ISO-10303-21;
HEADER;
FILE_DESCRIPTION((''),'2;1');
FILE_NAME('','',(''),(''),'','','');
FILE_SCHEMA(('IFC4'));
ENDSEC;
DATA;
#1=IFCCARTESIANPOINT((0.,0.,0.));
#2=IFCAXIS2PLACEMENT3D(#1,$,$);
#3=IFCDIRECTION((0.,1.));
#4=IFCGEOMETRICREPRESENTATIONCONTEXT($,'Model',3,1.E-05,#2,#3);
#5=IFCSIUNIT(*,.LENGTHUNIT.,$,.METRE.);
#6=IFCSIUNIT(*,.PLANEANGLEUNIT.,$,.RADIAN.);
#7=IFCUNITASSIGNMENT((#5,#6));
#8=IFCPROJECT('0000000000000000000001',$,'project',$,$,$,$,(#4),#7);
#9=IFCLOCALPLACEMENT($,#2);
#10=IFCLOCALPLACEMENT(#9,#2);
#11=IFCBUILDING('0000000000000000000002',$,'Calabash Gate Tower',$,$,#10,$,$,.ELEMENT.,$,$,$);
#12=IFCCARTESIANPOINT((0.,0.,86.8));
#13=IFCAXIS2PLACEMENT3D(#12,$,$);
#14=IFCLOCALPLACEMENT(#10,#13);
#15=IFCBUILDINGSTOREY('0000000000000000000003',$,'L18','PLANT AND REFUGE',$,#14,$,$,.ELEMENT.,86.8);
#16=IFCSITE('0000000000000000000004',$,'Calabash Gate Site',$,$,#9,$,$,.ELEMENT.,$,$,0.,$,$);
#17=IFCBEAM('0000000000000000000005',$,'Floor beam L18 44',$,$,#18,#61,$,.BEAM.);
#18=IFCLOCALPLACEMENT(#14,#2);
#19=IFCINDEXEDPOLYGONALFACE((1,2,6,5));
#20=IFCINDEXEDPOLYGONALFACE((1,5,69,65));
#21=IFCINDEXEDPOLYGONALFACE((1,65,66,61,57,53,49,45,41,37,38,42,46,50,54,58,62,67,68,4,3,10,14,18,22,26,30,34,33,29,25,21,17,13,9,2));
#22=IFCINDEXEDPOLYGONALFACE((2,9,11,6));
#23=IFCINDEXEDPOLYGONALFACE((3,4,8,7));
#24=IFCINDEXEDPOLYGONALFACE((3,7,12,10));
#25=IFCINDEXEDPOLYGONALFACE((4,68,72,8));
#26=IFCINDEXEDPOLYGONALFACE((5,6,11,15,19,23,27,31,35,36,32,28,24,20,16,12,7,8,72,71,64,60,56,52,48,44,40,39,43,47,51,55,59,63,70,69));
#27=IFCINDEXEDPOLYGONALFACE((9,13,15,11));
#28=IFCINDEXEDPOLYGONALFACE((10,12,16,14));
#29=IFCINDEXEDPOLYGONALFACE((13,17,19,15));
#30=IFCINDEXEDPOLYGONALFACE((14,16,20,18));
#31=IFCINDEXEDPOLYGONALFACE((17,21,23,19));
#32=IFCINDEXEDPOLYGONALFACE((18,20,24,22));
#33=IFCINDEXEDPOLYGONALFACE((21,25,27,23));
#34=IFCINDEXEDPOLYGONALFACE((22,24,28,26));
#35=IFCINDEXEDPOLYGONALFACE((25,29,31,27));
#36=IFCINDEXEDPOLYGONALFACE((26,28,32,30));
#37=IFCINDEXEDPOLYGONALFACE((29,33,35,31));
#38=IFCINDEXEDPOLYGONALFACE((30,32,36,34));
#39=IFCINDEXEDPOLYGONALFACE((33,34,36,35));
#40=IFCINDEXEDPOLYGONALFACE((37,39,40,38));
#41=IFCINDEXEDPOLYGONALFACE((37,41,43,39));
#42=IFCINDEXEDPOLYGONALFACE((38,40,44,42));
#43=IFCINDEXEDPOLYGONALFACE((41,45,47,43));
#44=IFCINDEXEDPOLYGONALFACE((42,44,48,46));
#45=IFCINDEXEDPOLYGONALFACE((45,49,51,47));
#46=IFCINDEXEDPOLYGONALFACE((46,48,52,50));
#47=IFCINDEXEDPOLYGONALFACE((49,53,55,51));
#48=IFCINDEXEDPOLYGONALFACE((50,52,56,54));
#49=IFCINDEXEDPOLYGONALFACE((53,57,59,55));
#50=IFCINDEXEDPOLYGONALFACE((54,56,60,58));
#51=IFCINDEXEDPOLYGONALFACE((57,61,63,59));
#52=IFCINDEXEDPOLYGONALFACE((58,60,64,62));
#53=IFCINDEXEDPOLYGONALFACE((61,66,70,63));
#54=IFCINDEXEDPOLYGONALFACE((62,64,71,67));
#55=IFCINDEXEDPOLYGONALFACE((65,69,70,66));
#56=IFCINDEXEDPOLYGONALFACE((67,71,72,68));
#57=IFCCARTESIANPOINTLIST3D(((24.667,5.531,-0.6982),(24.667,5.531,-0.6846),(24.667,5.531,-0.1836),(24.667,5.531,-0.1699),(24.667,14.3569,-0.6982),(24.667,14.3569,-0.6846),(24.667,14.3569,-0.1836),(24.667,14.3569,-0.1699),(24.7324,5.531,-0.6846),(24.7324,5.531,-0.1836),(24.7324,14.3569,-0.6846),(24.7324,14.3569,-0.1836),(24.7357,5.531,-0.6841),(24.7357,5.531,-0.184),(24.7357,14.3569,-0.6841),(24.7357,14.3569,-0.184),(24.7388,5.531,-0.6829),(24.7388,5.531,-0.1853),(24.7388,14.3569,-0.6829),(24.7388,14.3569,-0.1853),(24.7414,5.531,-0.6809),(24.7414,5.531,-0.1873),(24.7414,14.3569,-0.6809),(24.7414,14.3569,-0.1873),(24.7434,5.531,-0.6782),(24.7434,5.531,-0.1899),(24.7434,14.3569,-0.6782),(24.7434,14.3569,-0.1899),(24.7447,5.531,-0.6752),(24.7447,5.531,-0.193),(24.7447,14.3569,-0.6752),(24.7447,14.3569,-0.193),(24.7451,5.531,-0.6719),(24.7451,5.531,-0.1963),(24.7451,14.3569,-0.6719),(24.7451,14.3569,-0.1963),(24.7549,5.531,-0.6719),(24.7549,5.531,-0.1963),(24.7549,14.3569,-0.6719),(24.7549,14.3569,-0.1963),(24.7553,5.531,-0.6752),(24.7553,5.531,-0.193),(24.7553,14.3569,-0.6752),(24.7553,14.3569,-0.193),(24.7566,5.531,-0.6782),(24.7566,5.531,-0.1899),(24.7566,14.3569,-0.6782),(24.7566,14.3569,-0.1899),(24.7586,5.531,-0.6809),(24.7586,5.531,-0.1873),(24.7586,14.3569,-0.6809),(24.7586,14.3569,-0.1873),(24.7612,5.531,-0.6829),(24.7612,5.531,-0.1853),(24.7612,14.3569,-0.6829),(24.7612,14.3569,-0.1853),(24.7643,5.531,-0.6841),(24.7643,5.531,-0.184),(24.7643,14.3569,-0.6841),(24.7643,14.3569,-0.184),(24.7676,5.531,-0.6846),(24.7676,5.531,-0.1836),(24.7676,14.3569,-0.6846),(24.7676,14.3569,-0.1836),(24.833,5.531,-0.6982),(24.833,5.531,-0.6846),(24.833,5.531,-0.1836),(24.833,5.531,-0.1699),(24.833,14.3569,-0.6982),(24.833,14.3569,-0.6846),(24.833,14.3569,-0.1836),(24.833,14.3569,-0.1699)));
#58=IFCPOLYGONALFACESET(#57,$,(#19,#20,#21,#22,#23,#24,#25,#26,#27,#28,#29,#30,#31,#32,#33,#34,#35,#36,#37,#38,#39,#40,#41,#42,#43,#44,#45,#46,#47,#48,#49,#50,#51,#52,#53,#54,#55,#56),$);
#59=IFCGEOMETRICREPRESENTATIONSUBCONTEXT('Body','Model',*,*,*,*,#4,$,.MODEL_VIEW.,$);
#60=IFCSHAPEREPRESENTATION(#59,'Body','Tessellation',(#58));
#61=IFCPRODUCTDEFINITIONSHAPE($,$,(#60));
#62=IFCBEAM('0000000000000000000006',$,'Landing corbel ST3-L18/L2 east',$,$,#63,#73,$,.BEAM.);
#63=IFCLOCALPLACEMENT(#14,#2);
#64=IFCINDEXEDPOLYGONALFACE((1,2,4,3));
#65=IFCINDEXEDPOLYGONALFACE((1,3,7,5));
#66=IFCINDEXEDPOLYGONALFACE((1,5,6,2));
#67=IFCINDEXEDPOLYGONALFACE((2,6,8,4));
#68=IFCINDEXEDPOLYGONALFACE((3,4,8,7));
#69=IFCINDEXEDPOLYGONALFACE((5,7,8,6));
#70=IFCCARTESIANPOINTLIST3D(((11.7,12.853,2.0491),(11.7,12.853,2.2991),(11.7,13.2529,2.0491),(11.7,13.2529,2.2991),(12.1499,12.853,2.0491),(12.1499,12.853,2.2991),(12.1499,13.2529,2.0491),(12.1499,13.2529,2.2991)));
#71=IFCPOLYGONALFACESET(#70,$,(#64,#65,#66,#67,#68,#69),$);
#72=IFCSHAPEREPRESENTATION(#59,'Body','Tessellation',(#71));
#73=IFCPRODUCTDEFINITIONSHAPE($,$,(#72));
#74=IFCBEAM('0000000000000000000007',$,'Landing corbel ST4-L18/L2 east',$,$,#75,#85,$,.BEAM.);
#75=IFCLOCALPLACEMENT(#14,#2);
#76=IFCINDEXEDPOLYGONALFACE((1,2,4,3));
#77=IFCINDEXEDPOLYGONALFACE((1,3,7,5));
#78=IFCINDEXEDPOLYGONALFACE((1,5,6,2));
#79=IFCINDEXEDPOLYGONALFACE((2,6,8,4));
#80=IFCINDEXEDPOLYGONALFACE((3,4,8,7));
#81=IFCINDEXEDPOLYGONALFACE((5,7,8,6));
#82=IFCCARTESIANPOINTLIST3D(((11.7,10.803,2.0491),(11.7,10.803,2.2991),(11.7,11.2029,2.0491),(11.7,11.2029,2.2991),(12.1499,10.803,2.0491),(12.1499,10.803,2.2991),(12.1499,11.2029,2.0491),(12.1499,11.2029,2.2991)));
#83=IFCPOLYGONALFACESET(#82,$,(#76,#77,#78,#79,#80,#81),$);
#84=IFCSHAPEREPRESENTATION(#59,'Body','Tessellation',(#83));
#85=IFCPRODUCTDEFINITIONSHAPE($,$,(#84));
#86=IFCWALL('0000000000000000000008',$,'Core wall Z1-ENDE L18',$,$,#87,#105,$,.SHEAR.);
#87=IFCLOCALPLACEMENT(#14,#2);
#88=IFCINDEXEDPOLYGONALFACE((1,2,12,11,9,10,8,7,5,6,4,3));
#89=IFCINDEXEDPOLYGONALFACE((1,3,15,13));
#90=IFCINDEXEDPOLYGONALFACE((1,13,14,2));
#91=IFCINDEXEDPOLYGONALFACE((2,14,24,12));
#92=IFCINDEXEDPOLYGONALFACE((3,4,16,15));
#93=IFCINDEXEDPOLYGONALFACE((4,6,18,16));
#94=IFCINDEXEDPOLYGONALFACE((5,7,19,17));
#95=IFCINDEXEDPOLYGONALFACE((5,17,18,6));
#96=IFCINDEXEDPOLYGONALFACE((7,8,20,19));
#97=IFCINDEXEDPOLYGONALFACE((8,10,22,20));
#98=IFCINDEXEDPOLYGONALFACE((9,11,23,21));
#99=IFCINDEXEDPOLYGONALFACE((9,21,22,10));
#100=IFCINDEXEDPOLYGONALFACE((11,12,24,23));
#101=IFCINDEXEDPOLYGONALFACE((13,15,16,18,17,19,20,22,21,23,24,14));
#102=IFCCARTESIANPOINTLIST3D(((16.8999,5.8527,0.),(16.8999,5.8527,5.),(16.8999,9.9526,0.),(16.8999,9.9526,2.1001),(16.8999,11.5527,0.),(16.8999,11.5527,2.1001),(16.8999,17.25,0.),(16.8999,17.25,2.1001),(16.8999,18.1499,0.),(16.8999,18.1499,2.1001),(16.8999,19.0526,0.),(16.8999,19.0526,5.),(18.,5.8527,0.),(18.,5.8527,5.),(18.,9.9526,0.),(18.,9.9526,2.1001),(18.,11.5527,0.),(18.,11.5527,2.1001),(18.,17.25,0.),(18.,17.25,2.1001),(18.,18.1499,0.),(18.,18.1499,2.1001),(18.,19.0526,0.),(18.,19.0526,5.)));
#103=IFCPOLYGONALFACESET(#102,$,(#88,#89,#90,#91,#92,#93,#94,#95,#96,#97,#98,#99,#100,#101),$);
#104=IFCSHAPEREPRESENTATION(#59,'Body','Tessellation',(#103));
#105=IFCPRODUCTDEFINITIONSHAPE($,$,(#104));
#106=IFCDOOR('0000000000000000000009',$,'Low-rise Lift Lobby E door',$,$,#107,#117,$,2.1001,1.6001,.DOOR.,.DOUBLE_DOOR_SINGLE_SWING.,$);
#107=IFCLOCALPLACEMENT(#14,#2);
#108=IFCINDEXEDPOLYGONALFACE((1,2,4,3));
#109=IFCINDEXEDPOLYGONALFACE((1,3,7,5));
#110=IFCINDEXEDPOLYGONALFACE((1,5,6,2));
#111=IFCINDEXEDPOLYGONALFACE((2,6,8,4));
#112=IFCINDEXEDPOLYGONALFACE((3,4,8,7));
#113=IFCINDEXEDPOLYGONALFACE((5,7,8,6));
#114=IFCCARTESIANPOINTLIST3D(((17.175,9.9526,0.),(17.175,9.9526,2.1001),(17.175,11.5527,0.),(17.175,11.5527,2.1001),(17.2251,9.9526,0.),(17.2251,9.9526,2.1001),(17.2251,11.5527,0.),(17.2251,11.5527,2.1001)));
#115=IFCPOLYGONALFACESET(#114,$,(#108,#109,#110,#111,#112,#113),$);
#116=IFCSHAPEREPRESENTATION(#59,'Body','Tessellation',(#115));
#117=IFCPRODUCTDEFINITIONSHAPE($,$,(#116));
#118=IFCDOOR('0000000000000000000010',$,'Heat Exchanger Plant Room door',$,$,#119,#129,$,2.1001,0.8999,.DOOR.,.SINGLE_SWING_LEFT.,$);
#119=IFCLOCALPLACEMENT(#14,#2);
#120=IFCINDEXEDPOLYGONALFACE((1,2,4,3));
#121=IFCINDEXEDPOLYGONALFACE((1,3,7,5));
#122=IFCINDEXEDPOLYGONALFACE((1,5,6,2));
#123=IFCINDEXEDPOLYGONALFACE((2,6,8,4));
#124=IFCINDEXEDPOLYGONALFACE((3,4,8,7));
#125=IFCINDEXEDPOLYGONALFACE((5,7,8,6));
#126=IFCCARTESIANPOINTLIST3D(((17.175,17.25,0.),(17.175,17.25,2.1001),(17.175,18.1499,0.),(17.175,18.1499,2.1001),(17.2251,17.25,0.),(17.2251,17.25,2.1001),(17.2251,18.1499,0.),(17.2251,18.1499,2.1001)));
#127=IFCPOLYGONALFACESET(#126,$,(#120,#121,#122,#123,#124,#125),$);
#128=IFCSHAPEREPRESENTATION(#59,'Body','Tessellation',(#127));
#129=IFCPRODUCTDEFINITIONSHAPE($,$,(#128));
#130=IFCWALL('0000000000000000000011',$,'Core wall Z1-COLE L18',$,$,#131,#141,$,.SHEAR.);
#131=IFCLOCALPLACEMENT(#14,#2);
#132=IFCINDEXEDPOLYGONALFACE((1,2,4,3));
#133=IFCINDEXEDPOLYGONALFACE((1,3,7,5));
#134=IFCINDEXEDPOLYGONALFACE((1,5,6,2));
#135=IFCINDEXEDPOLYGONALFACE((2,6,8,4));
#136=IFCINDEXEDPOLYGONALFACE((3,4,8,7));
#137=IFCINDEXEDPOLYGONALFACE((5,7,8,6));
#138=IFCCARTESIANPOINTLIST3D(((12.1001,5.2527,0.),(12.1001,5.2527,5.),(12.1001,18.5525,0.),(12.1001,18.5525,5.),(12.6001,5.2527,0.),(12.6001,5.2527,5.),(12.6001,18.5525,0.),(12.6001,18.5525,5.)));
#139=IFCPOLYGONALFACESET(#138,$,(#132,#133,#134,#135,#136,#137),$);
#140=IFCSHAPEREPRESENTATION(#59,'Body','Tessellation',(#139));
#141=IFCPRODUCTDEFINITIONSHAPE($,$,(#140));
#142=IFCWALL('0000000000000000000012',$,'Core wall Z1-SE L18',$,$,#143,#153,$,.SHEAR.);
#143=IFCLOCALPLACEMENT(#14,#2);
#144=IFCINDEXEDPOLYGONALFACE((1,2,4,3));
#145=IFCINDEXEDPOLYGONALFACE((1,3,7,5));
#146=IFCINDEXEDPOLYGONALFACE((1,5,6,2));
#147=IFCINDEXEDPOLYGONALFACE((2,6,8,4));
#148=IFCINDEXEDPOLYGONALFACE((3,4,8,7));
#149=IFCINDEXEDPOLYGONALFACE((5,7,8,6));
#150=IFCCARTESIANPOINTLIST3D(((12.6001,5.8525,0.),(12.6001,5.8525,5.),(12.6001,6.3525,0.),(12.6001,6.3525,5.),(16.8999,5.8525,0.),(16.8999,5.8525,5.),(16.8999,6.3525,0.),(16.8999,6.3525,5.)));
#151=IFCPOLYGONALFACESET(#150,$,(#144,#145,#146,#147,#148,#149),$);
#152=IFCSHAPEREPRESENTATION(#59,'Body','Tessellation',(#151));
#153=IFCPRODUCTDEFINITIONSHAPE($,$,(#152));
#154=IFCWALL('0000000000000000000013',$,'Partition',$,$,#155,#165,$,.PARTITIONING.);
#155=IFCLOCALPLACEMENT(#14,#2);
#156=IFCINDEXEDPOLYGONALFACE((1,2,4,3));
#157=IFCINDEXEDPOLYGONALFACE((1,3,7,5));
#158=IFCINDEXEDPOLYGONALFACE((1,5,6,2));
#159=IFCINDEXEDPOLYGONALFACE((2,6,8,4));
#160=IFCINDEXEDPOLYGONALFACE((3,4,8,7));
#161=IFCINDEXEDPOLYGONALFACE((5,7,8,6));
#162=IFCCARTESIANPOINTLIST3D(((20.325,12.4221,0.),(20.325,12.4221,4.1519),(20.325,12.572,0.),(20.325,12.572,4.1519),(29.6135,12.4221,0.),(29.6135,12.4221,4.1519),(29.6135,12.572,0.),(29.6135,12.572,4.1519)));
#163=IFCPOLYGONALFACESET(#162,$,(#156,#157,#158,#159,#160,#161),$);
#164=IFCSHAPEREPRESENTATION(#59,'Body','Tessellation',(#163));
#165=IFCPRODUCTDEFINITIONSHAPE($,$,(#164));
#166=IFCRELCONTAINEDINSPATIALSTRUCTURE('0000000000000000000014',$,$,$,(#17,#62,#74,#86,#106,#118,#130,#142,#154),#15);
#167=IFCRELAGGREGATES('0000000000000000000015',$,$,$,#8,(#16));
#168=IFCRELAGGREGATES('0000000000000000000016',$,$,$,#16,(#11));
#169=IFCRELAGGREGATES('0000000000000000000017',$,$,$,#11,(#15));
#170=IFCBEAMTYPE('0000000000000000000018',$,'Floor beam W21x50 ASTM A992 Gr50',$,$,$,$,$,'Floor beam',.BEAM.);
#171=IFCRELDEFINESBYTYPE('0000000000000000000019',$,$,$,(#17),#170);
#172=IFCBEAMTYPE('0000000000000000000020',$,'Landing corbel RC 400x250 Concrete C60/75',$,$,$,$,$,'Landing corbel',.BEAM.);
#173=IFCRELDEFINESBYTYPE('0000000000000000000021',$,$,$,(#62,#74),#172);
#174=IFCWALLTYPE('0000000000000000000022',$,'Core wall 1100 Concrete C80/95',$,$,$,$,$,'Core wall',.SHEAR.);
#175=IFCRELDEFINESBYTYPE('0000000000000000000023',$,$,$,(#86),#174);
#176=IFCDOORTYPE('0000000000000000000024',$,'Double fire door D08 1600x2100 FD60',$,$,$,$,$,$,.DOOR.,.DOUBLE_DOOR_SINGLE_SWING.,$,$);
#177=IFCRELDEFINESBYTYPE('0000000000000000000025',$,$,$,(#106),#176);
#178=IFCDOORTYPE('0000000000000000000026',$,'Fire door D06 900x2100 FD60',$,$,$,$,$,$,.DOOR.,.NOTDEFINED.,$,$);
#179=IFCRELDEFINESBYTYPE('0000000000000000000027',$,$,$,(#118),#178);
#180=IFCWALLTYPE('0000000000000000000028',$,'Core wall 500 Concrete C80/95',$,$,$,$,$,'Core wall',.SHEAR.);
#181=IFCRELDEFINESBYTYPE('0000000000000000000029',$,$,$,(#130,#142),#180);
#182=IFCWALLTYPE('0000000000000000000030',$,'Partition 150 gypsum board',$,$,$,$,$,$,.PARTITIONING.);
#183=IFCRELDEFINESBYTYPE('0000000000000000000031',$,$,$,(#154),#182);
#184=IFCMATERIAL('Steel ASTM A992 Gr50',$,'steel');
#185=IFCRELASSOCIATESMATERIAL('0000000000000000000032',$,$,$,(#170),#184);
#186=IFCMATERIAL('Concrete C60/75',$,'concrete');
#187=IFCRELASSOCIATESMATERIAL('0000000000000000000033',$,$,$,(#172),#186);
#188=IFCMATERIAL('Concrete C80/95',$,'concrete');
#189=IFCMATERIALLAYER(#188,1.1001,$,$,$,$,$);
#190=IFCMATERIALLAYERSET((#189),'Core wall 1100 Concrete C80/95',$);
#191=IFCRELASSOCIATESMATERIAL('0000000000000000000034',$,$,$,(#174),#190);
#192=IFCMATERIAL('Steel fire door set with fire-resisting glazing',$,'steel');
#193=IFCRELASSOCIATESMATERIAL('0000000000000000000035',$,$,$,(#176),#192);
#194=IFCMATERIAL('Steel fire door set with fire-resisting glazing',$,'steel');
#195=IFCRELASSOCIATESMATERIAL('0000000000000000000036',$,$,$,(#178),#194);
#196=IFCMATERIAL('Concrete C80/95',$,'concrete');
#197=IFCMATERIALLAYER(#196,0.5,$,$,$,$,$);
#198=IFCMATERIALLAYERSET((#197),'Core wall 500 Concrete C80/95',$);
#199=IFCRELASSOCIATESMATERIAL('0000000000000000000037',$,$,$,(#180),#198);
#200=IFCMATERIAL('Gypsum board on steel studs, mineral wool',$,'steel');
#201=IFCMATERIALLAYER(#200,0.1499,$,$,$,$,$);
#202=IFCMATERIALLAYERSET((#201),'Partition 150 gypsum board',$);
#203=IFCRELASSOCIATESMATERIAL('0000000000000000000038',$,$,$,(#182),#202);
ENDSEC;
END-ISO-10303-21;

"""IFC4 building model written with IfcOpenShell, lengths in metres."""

from ifc_helpers import new_model, si_unit, direction, frame, frame_2d, origin, origin_2d, place, context, subcontext, project, spatial, rectangle, i_section, extrude, material, layer, layer_set, material_profile, profile_set, type_object, element, fill, save


model = new_model("IFC4")

# Units and contexts
model_context = context("Model", 3, precision=1e-05, world=origin(), true_north=direction((0.0, 1.0)))
body_context = subcontext(model_context, "Body", "Model", "MODEL_VIEW")
ifc_project = project(units=[si_unit("LENGTHUNIT", "METRE"), si_unit("PLANEANGLEUNIT", "RADIAN")], contexts=[model_context])

# Site, building, storey
site_placement = place(None, origin())
site = spatial("IfcSite", under=ifc_project, at=site_placement, Name="Calabash Gate Site", CompositionType="ELEMENT", RefElevation=0.0)
building_placement = place(site_placement, origin())
building = spatial("IfcBuilding", under=site, at=building_placement, Name="Calabash Gate Tower", CompositionType="ELEMENT")
storey_placement = place(building_placement, frame((0.0, 0.0, 86.8)))
storey = spatial("IfcBuildingStorey", under=building, at=storey_placement, Name="L18", Description="PLANT AND REFUGE", CompositionType="ELEMENT", Elevation=86.8)

# Beams
ifc_material_1 = material(Name="Steel ASTM A992 Gr50", Category="steel")
ifc_material_profile_1 = material_profile(ifc_material_1, i_section(OverallWidth=0.166, OverallDepth=0.5283, WebThickness=0.0098, FlangeThickness=0.0137, FilletRadius=0.0127, at=origin_2d()))
ifc_profile_set_1 = profile_set([ifc_material_profile_1], Name="Steel ASTM A992 Gr50")
beam_type_1 = type_object("IfcBeamType", Name="Floor beam W21x50 ASTM A992 Gr50", ElementType="Floor beam", PredefinedType="BEAM", material=ifc_profile_set_1)
beam_placement = place(storey_placement, frame((24.75, 5.531, -0.4341), z_axis=(0.0, 1.0, 0.0), x_axis=(-1.0, 0.0, 0.0)))
element("IfcBeam", 1, at=beam_placement, inside=storey, type_object=beam_type_1, Name="Floor beam L18 44", PredefinedType="BEAM", context=body_context, shape_type="SweptSolid", body=[
    extrude(i_section(OverallWidth=0.166, OverallDepth=0.5283, WebThickness=0.0098, FlangeThickness=0.0137, FilletRadius=0.0127, at=origin_2d()), origin(), (0.0, 0.0, 1.0), 8.8259),
])
ifc_material_2 = material(Name="Concrete C60/75", Category="concrete")
ifc_material_profile_2 = material_profile(ifc_material_2, rectangle(XDim=0.3999, YDim=0.25, at=origin_2d()))
ifc_profile_set_2 = profile_set([ifc_material_profile_2], Name="Concrete C60/75")
beam_type_2 = type_object("IfcBeamType", Name="Landing corbel RC 400x250 Concrete C60/75", ElementType="Landing corbel", PredefinedType="BEAM", material=ifc_profile_set_2)
for number, where, z_axis, x_axis, name in (
    (2, (12.1499, 13.053, 2.1741), (-1.0, 0.0, 0.0), (0.0, -1.0, 0.0), "Landing corbel ST3-L18/L2 east"),
    (3, (12.1499, 11.0029, 2.1741), (-1.0, 0.0, 0.0), (0.0, -1.0, 0.0), "Landing corbel ST4-L18/L2 east"),
):
    element("IfcBeam", number, at=place(storey_placement, frame(where, z_axis=z_axis, x_axis=x_axis)), inside=storey, type_object=beam_type_2, Name=name, PredefinedType="BEAM", context=body_context, shape_type="SweptSolid", body=[
        extrude(rectangle(XDim=0.3999, YDim=0.25, at=origin_2d()), origin(), (0.0, 0.0, 1.0), 0.45),
    ])

# Wall, openings, doors
ifc_material_3 = material(Name="Concrete C80/95", Category="concrete")
ifc_layer_1 = layer(ifc_material_3, 1.1001)
ifc_layer_set_1 = layer_set([ifc_layer_1], Name="Core wall 1100 Concrete C80/95")
wall_type_1 = type_object("IfcWallType", Name="Core wall 1100 Concrete C80/95", ElementType="Core wall", PredefinedType="SHEAR", material=ifc_layer_set_1)
wall_1_placement = place(storey_placement, frame((17.45, 5.8525, 0.0), z_axis=(0.0, 0.0, 1.0), x_axis=(0.0, 1.0, 0.0)))
wall_1 = element("IfcWall", 4, at=wall_1_placement, inside=storey, type_object=wall_type_1, Name="Core wall Z1-ENDE L18", PredefinedType="SHEAR", context=body_context, shape_type="SweptSolid", body=[
    extrude(rectangle(XDim=13.2, YDim=1.1001, at=frame_2d((6.6001, 0.0))), origin(), (0.0, 0.0, 1.0), 5.0),
])
opening_1_placement = place(wall_1_placement, frame((4.1001, 0.0, 0.0)))
opening_1 = element("IfcOpeningElement", 5, at=opening_1_placement, cuts=wall_1, PredefinedType="OPENING", context=body_context, shape_type="SweptSolid", body=[
    extrude(rectangle(XDim=1.6001, YDim=2.1001, at=frame_2d((0.8, 1.05))), frame((0.0, 0.5601, 0.0), z_axis=(0.0, -1.0, 0.0), x_axis=(1.0, 0.0, 0.0)), (0.0, 0.0, 1.0), 1.1201),
])
opening_2_placement = place(wall_1_placement, frame((11.3975, 0.0, 0.0)))
opening_2 = element("IfcOpeningElement", 6, at=opening_2_placement, cuts=wall_1, PredefinedType="OPENING", context=body_context, shape_type="SweptSolid", body=[
    extrude(rectangle(XDim=0.8999, YDim=2.1001, at=frame_2d((0.45, 1.05))), frame((0.0, 0.5601, 0.0), z_axis=(0.0, -1.0, 0.0), x_axis=(1.0, 0.0, 0.0)), (0.0, 0.0, 1.0), 1.1201),
])
ifc_material_4 = material(Name="Steel fire door set with fire-resisting glazing", Category="steel")
door_type_1 = type_object("IfcDoorType", Name="Double fire door D08 1600x2100 FD60", OperationType="DOUBLE_DOOR_SINGLE_SWING", PredefinedType="DOOR", material=ifc_material_4)
door_1_placement = place(opening_1_placement, origin())
door_1 = element("IfcDoor", 7, at=door_1_placement, inside=storey, type_object=door_type_1, Name="Low-rise Lift Lobby E door", OperationType="DOUBLE_DOOR_SINGLE_SWING", OverallHeight=2.1001, OverallWidth=1.6001, PredefinedType="DOOR", context=body_context, shape_type="SweptSolid", body=[
    extrude(rectangle(XDim=1.6001, YDim=2.1001, at=frame_2d((0.8, 1.05))), frame((0.0, 0.2749, 0.0), z_axis=(0.0, -1.0, 0.0), x_axis=(1.0, 0.0, 0.0)), (0.0, 0.0, 1.0), 0.05),
])
fill(opening_1, door_1)
ifc_material_5 = material(Name="Steel fire door set with fire-resisting glazing", Category="steel")
door_type_2 = type_object("IfcDoorType", Name="Fire door D06 900x2100 FD60", OperationType="NOTDEFINED", PredefinedType="DOOR", material=ifc_material_5)
door_2_placement = place(opening_2_placement, origin())
door_2 = element("IfcDoor", 8, at=door_2_placement, inside=storey, type_object=door_type_2, Name="Heat Exchanger Plant Room door", OperationType="SINGLE_SWING_LEFT", OverallHeight=2.1001, OverallWidth=0.8999, PredefinedType="DOOR", context=body_context, shape_type="SweptSolid", body=[
    extrude(rectangle(XDim=0.8999, YDim=2.1001, at=frame_2d((0.45, 1.05))), frame((0.0, 0.2749, 0.0), z_axis=(0.0, -1.0, 0.0), x_axis=(1.0, 0.0, 0.0)), (0.0, 0.0, 1.0), 0.05),
])
fill(opening_2, door_2)

# Walls
ifc_material_6 = material(Name="Concrete C80/95", Category="concrete")
ifc_layer_2 = layer(ifc_material_6, 0.5)
ifc_layer_set_2 = layer_set([ifc_layer_2], Name="Core wall 500 Concrete C80/95")
wall_type_2 = type_object("IfcWallType", Name="Core wall 500 Concrete C80/95", ElementType="Core wall", PredefinedType="SHEAR", material=ifc_layer_set_2)
wall_2_placement = place(storey_placement, frame((12.3501, 5.2527, 0.0), z_axis=(0.0, 0.0, 1.0), x_axis=(0.0, 1.0, 0.0)))
element("IfcWall", 9, at=wall_2_placement, inside=storey, type_object=wall_type_2, Name="Core wall Z1-COLE L18", PredefinedType="SHEAR", context=body_context, shape_type="SweptSolid", body=[
    extrude(rectangle(XDim=13.2998, YDim=0.5, at=frame_2d((6.6499, 0.0))), origin(), (0.0, 0.0, 1.0), 5.0),
])
wall_3_placement = place(storey_placement, frame((12.6001, 6.1025, 0.0), z_axis=(0.0, 0.0, 1.0), x_axis=(1.0, 0.0, 0.0)))
element("IfcWall", 10, at=wall_3_placement, inside=storey, type_object=wall_type_2, Name="Core wall Z1-SE L18", PredefinedType="SHEAR", context=body_context, shape_type="SweptSolid", body=[
    extrude(rectangle(XDim=4.2998, YDim=0.5, at=frame_2d((2.1499, 0.0))), origin(), (0.0, 0.0, 1.0), 5.0),
])
ifc_material_7 = material(Name="Gypsum board on steel studs, mineral wool", Category="steel")
ifc_layer_3 = layer(ifc_material_7, 0.1499)
ifc_layer_set_3 = layer_set([ifc_layer_3], Name="Partition 150 gypsum board")
wall_type_3 = type_object("IfcWallType", Name="Partition 150 gypsum board", PredefinedType="PARTITIONING", material=ifc_layer_set_3)
wall_4_placement = place(storey_placement, frame((20.325, 12.4971, 0.0), z_axis=(0.0, 0.0, 1.0), x_axis=(1.0, 0.0, 0.0)))
element("IfcWall", 11, at=wall_4_placement, inside=storey, type_object=wall_type_3, Name="Partition", PredefinedType="PARTITIONING", context=body_context, shape_type="SweptSolid", body=[
    extrude(rectangle(XDim=9.2886, YDim=0.1499, at=frame_2d((4.6443, 0.0))), origin(), (0.0, 0.0, 1.0), 4.1519),
])

save(model, "model.ifc")
